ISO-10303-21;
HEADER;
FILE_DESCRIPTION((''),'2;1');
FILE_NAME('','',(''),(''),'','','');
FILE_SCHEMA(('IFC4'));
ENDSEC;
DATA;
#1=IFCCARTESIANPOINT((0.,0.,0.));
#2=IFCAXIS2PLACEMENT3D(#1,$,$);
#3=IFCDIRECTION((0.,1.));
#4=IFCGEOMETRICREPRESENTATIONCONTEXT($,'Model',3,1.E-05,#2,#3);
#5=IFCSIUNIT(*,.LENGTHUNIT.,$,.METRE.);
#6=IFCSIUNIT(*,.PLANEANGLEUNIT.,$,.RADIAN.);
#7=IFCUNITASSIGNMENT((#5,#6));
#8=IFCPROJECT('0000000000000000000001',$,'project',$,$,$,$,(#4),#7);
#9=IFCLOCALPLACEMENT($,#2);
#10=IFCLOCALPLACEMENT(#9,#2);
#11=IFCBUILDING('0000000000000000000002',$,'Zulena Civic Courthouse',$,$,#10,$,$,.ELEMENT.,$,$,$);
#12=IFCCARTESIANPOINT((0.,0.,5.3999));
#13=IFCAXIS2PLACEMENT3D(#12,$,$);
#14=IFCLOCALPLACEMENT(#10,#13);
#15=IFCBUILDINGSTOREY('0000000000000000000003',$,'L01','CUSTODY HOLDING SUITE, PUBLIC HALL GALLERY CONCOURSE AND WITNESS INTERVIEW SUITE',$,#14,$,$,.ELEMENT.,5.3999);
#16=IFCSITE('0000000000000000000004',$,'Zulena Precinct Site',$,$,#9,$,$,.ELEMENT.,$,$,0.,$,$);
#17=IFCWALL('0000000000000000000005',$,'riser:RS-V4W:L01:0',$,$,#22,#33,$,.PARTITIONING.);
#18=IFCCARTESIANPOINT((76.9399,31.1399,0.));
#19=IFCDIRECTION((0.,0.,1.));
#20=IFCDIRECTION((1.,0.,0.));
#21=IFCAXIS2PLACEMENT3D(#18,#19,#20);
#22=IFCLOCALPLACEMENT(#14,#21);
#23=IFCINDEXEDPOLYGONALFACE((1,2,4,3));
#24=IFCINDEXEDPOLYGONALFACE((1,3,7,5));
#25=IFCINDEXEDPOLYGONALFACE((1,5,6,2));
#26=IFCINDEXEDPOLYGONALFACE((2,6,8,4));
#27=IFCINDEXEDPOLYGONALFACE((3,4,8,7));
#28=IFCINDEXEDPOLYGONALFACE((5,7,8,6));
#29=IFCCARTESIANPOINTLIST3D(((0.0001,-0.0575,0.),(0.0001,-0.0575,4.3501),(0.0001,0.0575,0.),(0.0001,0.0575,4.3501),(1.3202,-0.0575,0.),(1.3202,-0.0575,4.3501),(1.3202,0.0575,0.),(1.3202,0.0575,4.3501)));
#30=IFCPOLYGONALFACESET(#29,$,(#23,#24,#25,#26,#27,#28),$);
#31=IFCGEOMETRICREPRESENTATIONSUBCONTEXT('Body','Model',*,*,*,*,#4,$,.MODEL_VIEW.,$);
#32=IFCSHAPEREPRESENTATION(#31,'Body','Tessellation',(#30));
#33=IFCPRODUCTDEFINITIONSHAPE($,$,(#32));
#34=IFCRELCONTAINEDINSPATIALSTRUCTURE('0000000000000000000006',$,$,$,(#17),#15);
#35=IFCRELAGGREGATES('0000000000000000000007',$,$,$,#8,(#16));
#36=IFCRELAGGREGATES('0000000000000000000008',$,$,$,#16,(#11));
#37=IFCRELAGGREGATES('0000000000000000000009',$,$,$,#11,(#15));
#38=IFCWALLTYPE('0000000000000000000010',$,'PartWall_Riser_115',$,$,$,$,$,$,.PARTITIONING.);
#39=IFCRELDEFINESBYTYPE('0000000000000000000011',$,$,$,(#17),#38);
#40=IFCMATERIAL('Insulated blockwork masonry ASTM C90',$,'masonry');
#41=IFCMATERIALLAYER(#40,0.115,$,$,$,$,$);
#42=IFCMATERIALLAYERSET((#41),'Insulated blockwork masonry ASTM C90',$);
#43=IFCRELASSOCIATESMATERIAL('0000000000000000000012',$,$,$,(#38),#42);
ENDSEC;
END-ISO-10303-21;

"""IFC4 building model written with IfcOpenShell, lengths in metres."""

from ifc_helpers import new_model, si_unit, direction, frame, frame_2d, origin, place, context, subcontext, project, spatial, rectangle, extrude, material, layer, layer_set, type_object, element, save


model = new_model("IFC4")

# Units and contexts
model_context = context("Model", 3, precision=1e-05, world=origin(), true_north=direction((0.0, 1.0)))
body_context = subcontext(model_context, "Body", "Model", "MODEL_VIEW")
ifc_project = project(units=[si_unit("LENGTHUNIT", "METRE"), si_unit("PLANEANGLEUNIT", "RADIAN")], contexts=[model_context])

# Site, building, storey
site_placement = place(None, origin())
site = spatial("IfcSite", under=ifc_project, at=site_placement, Name="Zulena Precinct Site", CompositionType="ELEMENT", RefElevation=0.0)
building_placement = place(site_placement, origin())
building = spatial("IfcBuilding", under=site, at=building_placement, Name="Zulena Civic Courthouse", CompositionType="ELEMENT")
storey_placement = place(building_placement, frame((0.0, 0.0, 5.3999)))
storey = spatial("IfcBuildingStorey", under=building, at=storey_placement, Name="L01", Description="CUSTODY HOLDING SUITE, PUBLIC HALL GALLERY CONCOURSE AND WITNESS INTERVIEW SUITE", CompositionType="ELEMENT", Elevation=5.3999)

# Wall
ifc_material_1 = material(Name="Insulated blockwork masonry ASTM C90", Category="masonry")
ifc_layer_1 = layer(ifc_material_1, 0.115)
ifc_layer_set_1 = layer_set([ifc_layer_1], Name="Insulated blockwork masonry ASTM C90")
wall_type_1 = type_object("IfcWallType", Name="PartWall_Riser_115", PredefinedType="PARTITIONING", material=ifc_layer_set_1)
for number, where, z_axis, x_axis, name in (
    (1, (76.9399, 31.1399, 0.0), (0.0, 0.0, 1.0), (1.0, 0.0, 0.0), "riser:RS-V4W:L01:0"),
):
    element("IfcWall", number, at=place(storey_placement, frame(where, z_axis=z_axis, x_axis=x_axis)), inside=storey, type_object=wall_type_1, Name=name, PredefinedType="PARTITIONING", context=body_context, shape_type="SweptSolid", body=[
        extrude(rectangle(XDim=1.3201, YDim=0.115, at=frame_2d((0.6602, 0.0))), origin(), (0.0, 0.0, 1.0), 4.3501),
    ])

save(model, "model.ifc")
